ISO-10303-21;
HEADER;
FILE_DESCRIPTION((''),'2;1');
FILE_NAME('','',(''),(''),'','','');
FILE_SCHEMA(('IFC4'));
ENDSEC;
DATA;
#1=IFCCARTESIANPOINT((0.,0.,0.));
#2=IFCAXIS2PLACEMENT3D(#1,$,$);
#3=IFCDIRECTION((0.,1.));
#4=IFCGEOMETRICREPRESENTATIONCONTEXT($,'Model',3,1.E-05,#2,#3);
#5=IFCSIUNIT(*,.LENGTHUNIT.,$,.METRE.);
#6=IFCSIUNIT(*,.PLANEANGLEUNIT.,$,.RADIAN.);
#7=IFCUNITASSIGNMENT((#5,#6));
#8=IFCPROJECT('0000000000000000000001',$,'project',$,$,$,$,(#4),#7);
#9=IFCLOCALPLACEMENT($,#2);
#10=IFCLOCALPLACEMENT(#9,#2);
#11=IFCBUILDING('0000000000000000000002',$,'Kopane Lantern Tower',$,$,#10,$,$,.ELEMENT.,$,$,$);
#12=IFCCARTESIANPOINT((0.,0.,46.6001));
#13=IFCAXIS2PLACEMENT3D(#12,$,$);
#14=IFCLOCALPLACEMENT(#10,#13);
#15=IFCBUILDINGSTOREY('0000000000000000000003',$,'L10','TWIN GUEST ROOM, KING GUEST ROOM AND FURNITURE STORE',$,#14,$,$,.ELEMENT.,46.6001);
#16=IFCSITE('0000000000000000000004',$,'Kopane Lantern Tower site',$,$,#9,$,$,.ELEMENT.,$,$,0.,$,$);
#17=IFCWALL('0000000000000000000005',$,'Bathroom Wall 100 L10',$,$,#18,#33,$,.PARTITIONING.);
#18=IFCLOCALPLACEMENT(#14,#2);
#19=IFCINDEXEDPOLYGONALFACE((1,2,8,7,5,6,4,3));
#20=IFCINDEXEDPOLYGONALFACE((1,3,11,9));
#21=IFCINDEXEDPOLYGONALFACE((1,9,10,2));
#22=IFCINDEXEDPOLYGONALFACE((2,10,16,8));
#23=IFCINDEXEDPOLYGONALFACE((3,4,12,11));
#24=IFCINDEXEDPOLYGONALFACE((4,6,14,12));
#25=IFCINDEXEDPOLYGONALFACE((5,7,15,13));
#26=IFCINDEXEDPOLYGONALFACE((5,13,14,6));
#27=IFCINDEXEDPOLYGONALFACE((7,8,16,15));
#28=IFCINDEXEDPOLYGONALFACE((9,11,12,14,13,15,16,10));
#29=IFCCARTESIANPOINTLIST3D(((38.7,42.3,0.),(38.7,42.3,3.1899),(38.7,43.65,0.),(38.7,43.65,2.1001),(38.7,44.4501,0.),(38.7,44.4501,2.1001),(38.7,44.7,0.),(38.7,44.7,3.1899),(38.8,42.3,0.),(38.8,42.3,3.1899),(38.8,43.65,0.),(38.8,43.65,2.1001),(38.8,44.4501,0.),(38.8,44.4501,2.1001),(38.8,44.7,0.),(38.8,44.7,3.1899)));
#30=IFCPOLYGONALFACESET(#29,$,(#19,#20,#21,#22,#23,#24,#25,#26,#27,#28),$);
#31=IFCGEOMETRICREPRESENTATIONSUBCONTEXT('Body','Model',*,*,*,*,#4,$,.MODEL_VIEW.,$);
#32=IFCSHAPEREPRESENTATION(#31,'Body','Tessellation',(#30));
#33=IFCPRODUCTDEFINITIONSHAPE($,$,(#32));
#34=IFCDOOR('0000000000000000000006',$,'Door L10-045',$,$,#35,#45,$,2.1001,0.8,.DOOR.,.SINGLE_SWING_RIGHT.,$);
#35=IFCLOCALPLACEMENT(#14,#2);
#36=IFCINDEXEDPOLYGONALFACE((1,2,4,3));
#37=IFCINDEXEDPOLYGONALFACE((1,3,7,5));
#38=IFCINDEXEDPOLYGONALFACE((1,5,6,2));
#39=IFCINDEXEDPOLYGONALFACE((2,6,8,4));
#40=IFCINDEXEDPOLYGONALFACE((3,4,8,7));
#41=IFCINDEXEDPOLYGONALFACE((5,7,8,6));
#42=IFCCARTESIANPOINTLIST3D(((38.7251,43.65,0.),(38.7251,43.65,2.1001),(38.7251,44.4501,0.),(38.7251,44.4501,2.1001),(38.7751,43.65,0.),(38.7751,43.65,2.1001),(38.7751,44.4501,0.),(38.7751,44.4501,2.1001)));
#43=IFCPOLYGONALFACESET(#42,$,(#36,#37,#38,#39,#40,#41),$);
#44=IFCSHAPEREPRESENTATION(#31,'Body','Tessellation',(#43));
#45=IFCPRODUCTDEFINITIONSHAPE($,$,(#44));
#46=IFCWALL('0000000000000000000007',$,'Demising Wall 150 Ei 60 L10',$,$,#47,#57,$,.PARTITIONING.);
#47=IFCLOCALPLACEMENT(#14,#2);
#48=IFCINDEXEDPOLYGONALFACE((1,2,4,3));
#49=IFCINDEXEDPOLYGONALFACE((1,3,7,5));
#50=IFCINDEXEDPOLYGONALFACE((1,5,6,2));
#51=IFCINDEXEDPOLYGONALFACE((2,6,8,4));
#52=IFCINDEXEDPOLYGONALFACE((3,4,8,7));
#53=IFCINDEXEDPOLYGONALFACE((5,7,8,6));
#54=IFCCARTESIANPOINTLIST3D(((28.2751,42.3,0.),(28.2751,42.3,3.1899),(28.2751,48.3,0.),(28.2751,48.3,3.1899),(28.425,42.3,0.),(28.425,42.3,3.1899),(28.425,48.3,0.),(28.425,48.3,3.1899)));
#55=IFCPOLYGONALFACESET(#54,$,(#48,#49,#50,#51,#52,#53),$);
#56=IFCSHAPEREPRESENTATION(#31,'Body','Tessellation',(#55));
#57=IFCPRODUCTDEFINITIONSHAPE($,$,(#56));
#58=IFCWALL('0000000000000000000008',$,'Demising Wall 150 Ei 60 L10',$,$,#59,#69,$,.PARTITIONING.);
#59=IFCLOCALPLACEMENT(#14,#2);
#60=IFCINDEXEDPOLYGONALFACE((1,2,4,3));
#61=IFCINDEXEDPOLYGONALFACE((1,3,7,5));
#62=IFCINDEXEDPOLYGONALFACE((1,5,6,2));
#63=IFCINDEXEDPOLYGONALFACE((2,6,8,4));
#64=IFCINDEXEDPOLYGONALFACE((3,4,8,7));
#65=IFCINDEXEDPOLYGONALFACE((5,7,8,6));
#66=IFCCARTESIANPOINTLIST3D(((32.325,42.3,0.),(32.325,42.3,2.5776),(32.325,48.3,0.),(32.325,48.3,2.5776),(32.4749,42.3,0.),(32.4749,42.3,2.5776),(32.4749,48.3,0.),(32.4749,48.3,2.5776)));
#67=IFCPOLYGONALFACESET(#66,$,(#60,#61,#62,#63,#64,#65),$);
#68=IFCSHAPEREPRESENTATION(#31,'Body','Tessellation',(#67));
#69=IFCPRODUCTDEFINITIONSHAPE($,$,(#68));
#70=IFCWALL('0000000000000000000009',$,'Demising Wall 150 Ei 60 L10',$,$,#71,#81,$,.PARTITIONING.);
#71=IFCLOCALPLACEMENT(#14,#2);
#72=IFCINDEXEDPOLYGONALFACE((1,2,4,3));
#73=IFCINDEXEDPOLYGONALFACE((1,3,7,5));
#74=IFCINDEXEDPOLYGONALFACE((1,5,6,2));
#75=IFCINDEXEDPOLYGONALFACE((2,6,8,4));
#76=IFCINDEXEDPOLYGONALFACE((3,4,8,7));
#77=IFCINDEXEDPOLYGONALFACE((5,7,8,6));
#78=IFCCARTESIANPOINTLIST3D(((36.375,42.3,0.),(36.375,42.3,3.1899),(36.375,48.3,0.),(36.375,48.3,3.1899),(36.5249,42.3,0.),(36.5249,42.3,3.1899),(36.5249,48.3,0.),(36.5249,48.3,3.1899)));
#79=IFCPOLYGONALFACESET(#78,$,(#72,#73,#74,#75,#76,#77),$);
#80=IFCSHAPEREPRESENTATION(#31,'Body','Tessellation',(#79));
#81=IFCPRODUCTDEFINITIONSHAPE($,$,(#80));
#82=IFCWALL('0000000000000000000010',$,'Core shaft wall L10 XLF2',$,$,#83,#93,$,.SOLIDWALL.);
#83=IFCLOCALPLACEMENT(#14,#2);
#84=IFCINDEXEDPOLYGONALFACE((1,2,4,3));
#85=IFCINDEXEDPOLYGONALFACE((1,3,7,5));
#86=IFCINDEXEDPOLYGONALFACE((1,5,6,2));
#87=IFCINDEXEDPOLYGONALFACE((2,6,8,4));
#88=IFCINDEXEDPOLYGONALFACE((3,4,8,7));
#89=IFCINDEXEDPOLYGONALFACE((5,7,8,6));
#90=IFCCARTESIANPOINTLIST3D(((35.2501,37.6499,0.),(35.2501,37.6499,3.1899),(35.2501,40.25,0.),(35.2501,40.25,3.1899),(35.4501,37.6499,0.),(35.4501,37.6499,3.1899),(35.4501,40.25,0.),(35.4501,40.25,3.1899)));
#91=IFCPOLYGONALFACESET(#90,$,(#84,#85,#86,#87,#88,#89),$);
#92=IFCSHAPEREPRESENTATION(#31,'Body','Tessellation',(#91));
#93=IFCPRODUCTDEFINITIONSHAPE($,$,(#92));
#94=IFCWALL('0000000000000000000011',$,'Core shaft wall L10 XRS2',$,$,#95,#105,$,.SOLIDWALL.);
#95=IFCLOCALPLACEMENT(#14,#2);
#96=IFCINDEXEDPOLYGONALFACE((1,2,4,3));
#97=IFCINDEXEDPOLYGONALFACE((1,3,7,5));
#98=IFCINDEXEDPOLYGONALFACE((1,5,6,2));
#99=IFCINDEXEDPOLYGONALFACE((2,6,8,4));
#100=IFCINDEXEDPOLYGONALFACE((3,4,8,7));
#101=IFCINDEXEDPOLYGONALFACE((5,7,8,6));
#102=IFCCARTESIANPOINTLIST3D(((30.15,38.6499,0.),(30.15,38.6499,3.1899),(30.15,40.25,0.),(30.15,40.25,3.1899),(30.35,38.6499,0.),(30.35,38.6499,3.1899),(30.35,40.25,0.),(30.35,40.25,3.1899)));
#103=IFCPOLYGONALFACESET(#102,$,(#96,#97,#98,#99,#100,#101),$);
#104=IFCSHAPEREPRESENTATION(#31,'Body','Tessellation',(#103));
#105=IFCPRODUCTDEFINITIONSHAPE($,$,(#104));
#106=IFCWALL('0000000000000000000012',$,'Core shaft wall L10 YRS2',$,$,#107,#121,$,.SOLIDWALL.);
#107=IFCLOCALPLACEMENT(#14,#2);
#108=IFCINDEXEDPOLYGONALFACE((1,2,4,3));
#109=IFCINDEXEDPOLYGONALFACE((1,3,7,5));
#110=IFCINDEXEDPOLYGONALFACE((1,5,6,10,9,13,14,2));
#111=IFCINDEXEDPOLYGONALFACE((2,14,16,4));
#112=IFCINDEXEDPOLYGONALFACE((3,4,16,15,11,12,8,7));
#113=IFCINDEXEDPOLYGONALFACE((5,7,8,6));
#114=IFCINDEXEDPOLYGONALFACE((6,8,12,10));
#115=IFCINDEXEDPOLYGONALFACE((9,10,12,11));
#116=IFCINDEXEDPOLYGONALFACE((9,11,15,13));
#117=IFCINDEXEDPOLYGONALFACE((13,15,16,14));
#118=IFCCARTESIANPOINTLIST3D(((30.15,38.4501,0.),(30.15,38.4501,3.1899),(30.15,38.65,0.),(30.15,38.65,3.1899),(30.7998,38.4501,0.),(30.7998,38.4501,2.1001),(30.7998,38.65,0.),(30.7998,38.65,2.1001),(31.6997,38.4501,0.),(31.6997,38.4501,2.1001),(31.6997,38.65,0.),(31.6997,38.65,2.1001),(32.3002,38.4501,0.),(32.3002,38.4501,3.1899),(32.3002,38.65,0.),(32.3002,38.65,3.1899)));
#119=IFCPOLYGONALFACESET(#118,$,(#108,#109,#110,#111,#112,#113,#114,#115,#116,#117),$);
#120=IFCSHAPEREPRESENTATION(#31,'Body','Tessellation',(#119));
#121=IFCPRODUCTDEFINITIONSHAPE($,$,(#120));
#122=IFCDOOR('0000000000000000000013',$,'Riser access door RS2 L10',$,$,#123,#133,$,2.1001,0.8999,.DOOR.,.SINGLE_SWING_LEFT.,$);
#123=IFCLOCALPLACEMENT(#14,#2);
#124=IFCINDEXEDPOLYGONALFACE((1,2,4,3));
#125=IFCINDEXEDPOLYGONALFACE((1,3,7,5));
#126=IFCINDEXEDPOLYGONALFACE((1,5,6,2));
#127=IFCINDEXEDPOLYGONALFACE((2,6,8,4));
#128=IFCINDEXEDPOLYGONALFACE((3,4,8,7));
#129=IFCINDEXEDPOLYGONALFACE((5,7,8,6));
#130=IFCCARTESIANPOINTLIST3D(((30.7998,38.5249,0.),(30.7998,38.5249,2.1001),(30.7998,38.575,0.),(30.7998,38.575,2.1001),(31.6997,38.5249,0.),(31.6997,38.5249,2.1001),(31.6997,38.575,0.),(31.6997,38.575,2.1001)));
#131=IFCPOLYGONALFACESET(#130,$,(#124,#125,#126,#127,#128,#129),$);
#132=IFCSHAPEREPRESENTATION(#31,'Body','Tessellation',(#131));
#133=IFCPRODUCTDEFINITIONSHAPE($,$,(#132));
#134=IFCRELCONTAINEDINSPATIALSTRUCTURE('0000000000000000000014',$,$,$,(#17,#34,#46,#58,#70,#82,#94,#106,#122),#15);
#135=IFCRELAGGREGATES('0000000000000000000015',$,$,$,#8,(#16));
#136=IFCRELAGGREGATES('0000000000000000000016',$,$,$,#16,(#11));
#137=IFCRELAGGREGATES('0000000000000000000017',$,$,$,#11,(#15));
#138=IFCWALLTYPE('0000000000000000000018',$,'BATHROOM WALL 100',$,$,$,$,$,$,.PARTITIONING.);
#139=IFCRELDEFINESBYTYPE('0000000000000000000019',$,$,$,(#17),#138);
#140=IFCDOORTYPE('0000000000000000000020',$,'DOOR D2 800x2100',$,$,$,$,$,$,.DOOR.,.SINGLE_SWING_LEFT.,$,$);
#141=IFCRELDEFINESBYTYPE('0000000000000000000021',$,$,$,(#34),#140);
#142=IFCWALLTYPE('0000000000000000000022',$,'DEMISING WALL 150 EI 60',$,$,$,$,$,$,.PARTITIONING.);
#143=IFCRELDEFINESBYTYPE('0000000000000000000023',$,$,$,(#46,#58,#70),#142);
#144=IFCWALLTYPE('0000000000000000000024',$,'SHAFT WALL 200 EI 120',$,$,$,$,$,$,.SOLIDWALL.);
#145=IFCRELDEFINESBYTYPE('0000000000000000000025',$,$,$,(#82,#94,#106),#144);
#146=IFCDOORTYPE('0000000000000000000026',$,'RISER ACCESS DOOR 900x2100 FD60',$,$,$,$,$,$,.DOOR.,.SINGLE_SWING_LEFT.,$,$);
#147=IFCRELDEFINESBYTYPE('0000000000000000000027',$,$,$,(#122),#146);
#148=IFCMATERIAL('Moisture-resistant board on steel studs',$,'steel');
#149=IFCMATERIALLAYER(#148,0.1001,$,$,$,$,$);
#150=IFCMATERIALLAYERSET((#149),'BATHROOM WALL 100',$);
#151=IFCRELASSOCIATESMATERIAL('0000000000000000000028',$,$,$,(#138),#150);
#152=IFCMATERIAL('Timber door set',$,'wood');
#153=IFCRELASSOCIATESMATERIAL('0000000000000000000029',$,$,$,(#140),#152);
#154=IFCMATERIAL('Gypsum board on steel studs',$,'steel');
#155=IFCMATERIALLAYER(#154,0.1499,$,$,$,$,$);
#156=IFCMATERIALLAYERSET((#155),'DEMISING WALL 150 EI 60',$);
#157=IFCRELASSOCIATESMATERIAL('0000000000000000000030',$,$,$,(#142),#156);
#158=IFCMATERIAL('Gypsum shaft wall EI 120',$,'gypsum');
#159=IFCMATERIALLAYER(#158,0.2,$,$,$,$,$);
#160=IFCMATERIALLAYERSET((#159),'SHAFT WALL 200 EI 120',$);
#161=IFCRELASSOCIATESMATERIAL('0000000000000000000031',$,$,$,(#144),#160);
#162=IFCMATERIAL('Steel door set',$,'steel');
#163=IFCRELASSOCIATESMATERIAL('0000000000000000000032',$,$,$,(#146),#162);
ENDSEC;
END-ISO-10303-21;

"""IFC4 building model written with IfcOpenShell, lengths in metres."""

from ifc_helpers import new_model, si_unit, direction, frame, frame_2d, origin, place, context, subcontext, project, spatial, rectangle, extrude, material, layer, layer_set, type_object, element, fill, save


model = new_model("IFC4")

# Units and contexts
model_context = context("Model", 3, precision=1e-05, world=origin(), true_north=direction((0.0, 1.0)))
body_context = subcontext(model_context, "Body", "Model", "MODEL_VIEW")
ifc_project = project(units=[si_unit("LENGTHUNIT", "METRE"), si_unit("PLANEANGLEUNIT", "RADIAN")], contexts=[model_context])

# Site, building, storey
site_placement = place(None, origin())
site = spatial("IfcSite", under=ifc_project, at=site_placement, Name="Kopane Lantern Tower site", CompositionType="ELEMENT", RefElevation=0.0)
building_placement = place(site_placement, origin())
building = spatial("IfcBuilding", under=site, at=building_placement, Name="Kopane Lantern Tower", CompositionType="ELEMENT")
storey_placement = place(building_placement, frame((0.0, 0.0, 46.6001)))
storey = spatial("IfcBuildingStorey", under=building, at=storey_placement, Name="L10", Description="TWIN GUEST ROOM, KING GUEST ROOM AND FURNITURE STORE", CompositionType="ELEMENT", Elevation=46.6001)

# Shared definitions
ifc_material_1 = material(Name="Moisture-resistant board on steel studs", Category="steel")
ifc_layer_1 = layer(ifc_material_1, 0.1001)
ifc_layer_set_1 = layer_set([ifc_layer_1], Name="BATHROOM WALL 100")
wall_type_1 = type_object("IfcWallType", Name="BATHROOM WALL 100", PredefinedType="PARTITIONING", material=ifc_layer_set_1)
ifc_material_2 = material(Name="Timber door set", Category="wood")
door_type_1 = type_object("IfcDoorType", Name="DOOR D2 800x2100", OperationType="SINGLE_SWING_LEFT", PredefinedType="DOOR", material=ifc_material_2)

# Wall, opening, door
wall_1_placement = place(storey_placement, frame((38.75, 42.3, 0.0), z_axis=(0.0, 0.0, 1.0), x_axis=(0.0, 1.0, 0.0)))
wall_1 = element("IfcWall", 1, at=wall_1_placement, inside=storey, type_object=wall_type_1, Name="Bathroom Wall 100 L10", PredefinedType="PARTITIONING", context=body_context, shape_type="SweptSolid", body=[
    extrude(rectangle(XDim=2.3999, YDim=0.1001, at=frame_2d((1.2, 0.0))), origin(), (0.0, 0.0, 1.0), 3.1899),
])
opening_1_placement = place(wall_1_placement, frame((1.3501, 0.0, 0.0)))
opening_1 = element("IfcOpeningElement", 2, at=opening_1_placement, cuts=wall_1, PredefinedType="OPENING", context=body_context, shape_type="SweptSolid", body=[
    extrude(rectangle(XDim=0.8, YDim=2.1001, at=frame_2d((0.3999, 1.05))), frame((0.0, 0.0601, 0.0), z_axis=(0.0, -1.0, 0.0), x_axis=(1.0, 0.0, 0.0)), (0.0, 0.0, 1.0), 0.1201),
])
door_1_placement = place(opening_1_placement, origin())
door_1 = element("IfcDoor", 3, at=door_1_placement, inside=storey, type_object=door_type_1, Name="Door L10-045", OperationType="SINGLE_SWING_RIGHT", OverallHeight=2.1001, OverallWidth=0.8, PredefinedType="DOOR", context=body_context, shape_type="SweptSolid", body=[
    extrude(rectangle(XDim=0.8, YDim=2.1001, at=frame_2d((0.3999, 1.05))), frame((0.0, 0.0249, 0.0), z_axis=(0.0, -1.0, 0.0), x_axis=(1.0, 0.0, 0.0)), (0.0, 0.0, 1.0), 0.05),
])
fill(opening_1, door_1)

# Walls
ifc_material_3 = material(Name="Gypsum board on steel studs", Category="steel")
ifc_layer_2 = layer(ifc_material_3, 0.1499)
ifc_layer_set_2 = layer_set([ifc_layer_2], Name="DEMISING WALL 150 EI 60")
wall_type_2 = type_object("IfcWallType", Name="DEMISING WALL 150 EI 60", PredefinedType="PARTITIONING", material=ifc_layer_set_2)
wall_2_placement = place(storey_placement, frame((28.3501, 42.3, 0.0), z_axis=(0.0, 0.0, 1.0), x_axis=(0.0, 1.0, 0.0)))
element("IfcWall", 4, at=wall_2_placement, inside=storey, type_object=wall_type_2, Name="Demising Wall 150 Ei 60 L10", PredefinedType="PARTITIONING", context=body_context, shape_type="SweptSolid", body=[
    extrude(rectangle(XDim=6.0, YDim=0.1499, at=frame_2d((3.0, 0.0))), origin(), (0.0, 0.0, 1.0), 3.1899),
])
wall_3_placement = place(storey_placement, frame((32.3999, 42.3, 0.0), z_axis=(0.0, 0.0, 1.0), x_axis=(0.0, 1.0, 0.0)))
element("IfcWall", 5, at=wall_3_placement, inside=storey, type_object=wall_type_2, Name="Demising Wall 150 Ei 60 L10", PredefinedType="PARTITIONING", context=body_context, shape_type="SweptSolid", body=[
    extrude(rectangle(XDim=6.0, YDim=0.1499, at=frame_2d((3.0, 0.0))), origin(), (0.0, 0.0, 1.0), 2.5776),
])
wall_4_placement = place(storey_placement, frame((36.45, 42.3, 0.0), z_axis=(0.0, 0.0, 1.0), x_axis=(0.0, 1.0, 0.0)))
element("IfcWall", 6, at=wall_4_placement, inside=storey, type_object=wall_type_2, Name="Demising Wall 150 Ei 60 L10", PredefinedType="PARTITIONING", context=body_context, shape_type="SweptSolid", body=[
    extrude(rectangle(XDim=6.0, YDim=0.1499, at=frame_2d((3.0, 0.0))), origin(), (0.0, 0.0, 1.0), 3.1899),
])
ifc_material_4 = material(Name="Gypsum shaft wall EI 120", Category="gypsum")
ifc_layer_3 = layer(ifc_material_4, 0.2)
ifc_layer_set_3 = layer_set([ifc_layer_3], Name="SHAFT WALL 200 EI 120")
wall_type_3 = type_object("IfcWallType", Name="SHAFT WALL 200 EI 120", PredefinedType="SOLIDWALL", material=ifc_layer_set_3)
wall_5_placement = place(storey_placement, frame((35.3501, 37.6499, 0.0), z_axis=(0.0, 0.0, 1.0), x_axis=(0.0, 1.0, 0.0)))
element("IfcWall", 7, at=wall_5_placement, inside=storey, type_object=wall_type_3, Name="Core shaft wall L10 XLF2", PredefinedType="SOLIDWALL", context=body_context, shape_type="SweptSolid", body=[
    extrude(rectangle(XDim=2.6001, YDim=0.2, at=frame_2d((1.3, 0.0))), origin(), (0.0, 0.0, 1.0), 3.1899),
])
wall_6_placement = place(storey_placement, frame((30.25, 38.6499, 0.0), z_axis=(0.0, 0.0, 1.0), x_axis=(0.0, 1.0, 0.0)))
element("IfcWall", 8, at=wall_6_placement, inside=storey, type_object=wall_type_3, Name="Core shaft wall L10 XRS2", PredefinedType="SOLIDWALL", context=body_context, shape_type="SweptSolid", body=[
    extrude(rectangle(XDim=1.6001, YDim=0.2, at=frame_2d((0.8, 0.0))), origin(), (0.0, 0.0, 1.0), 3.1899),
])

# Wall, opening, door
wall_7_placement = place(storey_placement, frame((30.1499, 38.55, 0.0), z_axis=(0.0, 0.0, 1.0), x_axis=(1.0, 0.0, 0.0)))
wall_7 = element("IfcWall", 9, at=wall_7_placement, inside=storey, type_object=wall_type_3, Name="Core shaft wall L10 YRS2", PredefinedType="SOLIDWALL", context=body_context, shape_type="SweptSolid", body=[
    extrude(rectangle(XDim=2.1501, YDim=0.2, at=frame_2d((1.0752, 0.0))), origin(), (0.0, 0.0, 1.0), 3.1899),
])
opening_2_placement = place(wall_7_placement, frame((0.6499, 0.0, 0.0)))
opening_2 = element("IfcOpeningElement", 10, at=opening_2_placement, cuts=wall_7, PredefinedType="OPENING", context=body_context, shape_type="SweptSolid", body=[
    extrude(rectangle(XDim=0.8999, YDim=2.1001, at=frame_2d((0.45, 1.05))), frame((0.0, 0.1099, 0.0), z_axis=(0.0, -1.0, 0.0), x_axis=(1.0, 0.0, 0.0)), (0.0, 0.0, 1.0), 0.22),
])
ifc_material_5 = material(Name="Steel door set", Category="steel")
door_type_2 = type_object("IfcDoorType", Name="RISER ACCESS DOOR 900x2100 FD60", OperationType="SINGLE_SWING_LEFT", PredefinedType="DOOR", material=ifc_material_5)
door_2_placement = place(opening_2_placement, origin())
door_2 = element("IfcDoor", 11, at=door_2_placement, inside=storey, type_object=door_type_2, Name="Riser access door RS2 L10", OperationType="SINGLE_SWING_LEFT", OverallHeight=2.1001, OverallWidth=0.8999, PredefinedType="DOOR", context=body_context, shape_type="SweptSolid", body=[
    extrude(rectangle(XDim=0.8999, YDim=2.1001, at=frame_2d((0.45, 1.05))), frame((0.0, 0.0249, 0.0), z_axis=(0.0, -1.0, 0.0), x_axis=(1.0, 0.0, 0.0)), (0.0, 0.0, 1.0), 0.05),
])
fill(opening_2, door_2)

save(model, "model.ifc")
